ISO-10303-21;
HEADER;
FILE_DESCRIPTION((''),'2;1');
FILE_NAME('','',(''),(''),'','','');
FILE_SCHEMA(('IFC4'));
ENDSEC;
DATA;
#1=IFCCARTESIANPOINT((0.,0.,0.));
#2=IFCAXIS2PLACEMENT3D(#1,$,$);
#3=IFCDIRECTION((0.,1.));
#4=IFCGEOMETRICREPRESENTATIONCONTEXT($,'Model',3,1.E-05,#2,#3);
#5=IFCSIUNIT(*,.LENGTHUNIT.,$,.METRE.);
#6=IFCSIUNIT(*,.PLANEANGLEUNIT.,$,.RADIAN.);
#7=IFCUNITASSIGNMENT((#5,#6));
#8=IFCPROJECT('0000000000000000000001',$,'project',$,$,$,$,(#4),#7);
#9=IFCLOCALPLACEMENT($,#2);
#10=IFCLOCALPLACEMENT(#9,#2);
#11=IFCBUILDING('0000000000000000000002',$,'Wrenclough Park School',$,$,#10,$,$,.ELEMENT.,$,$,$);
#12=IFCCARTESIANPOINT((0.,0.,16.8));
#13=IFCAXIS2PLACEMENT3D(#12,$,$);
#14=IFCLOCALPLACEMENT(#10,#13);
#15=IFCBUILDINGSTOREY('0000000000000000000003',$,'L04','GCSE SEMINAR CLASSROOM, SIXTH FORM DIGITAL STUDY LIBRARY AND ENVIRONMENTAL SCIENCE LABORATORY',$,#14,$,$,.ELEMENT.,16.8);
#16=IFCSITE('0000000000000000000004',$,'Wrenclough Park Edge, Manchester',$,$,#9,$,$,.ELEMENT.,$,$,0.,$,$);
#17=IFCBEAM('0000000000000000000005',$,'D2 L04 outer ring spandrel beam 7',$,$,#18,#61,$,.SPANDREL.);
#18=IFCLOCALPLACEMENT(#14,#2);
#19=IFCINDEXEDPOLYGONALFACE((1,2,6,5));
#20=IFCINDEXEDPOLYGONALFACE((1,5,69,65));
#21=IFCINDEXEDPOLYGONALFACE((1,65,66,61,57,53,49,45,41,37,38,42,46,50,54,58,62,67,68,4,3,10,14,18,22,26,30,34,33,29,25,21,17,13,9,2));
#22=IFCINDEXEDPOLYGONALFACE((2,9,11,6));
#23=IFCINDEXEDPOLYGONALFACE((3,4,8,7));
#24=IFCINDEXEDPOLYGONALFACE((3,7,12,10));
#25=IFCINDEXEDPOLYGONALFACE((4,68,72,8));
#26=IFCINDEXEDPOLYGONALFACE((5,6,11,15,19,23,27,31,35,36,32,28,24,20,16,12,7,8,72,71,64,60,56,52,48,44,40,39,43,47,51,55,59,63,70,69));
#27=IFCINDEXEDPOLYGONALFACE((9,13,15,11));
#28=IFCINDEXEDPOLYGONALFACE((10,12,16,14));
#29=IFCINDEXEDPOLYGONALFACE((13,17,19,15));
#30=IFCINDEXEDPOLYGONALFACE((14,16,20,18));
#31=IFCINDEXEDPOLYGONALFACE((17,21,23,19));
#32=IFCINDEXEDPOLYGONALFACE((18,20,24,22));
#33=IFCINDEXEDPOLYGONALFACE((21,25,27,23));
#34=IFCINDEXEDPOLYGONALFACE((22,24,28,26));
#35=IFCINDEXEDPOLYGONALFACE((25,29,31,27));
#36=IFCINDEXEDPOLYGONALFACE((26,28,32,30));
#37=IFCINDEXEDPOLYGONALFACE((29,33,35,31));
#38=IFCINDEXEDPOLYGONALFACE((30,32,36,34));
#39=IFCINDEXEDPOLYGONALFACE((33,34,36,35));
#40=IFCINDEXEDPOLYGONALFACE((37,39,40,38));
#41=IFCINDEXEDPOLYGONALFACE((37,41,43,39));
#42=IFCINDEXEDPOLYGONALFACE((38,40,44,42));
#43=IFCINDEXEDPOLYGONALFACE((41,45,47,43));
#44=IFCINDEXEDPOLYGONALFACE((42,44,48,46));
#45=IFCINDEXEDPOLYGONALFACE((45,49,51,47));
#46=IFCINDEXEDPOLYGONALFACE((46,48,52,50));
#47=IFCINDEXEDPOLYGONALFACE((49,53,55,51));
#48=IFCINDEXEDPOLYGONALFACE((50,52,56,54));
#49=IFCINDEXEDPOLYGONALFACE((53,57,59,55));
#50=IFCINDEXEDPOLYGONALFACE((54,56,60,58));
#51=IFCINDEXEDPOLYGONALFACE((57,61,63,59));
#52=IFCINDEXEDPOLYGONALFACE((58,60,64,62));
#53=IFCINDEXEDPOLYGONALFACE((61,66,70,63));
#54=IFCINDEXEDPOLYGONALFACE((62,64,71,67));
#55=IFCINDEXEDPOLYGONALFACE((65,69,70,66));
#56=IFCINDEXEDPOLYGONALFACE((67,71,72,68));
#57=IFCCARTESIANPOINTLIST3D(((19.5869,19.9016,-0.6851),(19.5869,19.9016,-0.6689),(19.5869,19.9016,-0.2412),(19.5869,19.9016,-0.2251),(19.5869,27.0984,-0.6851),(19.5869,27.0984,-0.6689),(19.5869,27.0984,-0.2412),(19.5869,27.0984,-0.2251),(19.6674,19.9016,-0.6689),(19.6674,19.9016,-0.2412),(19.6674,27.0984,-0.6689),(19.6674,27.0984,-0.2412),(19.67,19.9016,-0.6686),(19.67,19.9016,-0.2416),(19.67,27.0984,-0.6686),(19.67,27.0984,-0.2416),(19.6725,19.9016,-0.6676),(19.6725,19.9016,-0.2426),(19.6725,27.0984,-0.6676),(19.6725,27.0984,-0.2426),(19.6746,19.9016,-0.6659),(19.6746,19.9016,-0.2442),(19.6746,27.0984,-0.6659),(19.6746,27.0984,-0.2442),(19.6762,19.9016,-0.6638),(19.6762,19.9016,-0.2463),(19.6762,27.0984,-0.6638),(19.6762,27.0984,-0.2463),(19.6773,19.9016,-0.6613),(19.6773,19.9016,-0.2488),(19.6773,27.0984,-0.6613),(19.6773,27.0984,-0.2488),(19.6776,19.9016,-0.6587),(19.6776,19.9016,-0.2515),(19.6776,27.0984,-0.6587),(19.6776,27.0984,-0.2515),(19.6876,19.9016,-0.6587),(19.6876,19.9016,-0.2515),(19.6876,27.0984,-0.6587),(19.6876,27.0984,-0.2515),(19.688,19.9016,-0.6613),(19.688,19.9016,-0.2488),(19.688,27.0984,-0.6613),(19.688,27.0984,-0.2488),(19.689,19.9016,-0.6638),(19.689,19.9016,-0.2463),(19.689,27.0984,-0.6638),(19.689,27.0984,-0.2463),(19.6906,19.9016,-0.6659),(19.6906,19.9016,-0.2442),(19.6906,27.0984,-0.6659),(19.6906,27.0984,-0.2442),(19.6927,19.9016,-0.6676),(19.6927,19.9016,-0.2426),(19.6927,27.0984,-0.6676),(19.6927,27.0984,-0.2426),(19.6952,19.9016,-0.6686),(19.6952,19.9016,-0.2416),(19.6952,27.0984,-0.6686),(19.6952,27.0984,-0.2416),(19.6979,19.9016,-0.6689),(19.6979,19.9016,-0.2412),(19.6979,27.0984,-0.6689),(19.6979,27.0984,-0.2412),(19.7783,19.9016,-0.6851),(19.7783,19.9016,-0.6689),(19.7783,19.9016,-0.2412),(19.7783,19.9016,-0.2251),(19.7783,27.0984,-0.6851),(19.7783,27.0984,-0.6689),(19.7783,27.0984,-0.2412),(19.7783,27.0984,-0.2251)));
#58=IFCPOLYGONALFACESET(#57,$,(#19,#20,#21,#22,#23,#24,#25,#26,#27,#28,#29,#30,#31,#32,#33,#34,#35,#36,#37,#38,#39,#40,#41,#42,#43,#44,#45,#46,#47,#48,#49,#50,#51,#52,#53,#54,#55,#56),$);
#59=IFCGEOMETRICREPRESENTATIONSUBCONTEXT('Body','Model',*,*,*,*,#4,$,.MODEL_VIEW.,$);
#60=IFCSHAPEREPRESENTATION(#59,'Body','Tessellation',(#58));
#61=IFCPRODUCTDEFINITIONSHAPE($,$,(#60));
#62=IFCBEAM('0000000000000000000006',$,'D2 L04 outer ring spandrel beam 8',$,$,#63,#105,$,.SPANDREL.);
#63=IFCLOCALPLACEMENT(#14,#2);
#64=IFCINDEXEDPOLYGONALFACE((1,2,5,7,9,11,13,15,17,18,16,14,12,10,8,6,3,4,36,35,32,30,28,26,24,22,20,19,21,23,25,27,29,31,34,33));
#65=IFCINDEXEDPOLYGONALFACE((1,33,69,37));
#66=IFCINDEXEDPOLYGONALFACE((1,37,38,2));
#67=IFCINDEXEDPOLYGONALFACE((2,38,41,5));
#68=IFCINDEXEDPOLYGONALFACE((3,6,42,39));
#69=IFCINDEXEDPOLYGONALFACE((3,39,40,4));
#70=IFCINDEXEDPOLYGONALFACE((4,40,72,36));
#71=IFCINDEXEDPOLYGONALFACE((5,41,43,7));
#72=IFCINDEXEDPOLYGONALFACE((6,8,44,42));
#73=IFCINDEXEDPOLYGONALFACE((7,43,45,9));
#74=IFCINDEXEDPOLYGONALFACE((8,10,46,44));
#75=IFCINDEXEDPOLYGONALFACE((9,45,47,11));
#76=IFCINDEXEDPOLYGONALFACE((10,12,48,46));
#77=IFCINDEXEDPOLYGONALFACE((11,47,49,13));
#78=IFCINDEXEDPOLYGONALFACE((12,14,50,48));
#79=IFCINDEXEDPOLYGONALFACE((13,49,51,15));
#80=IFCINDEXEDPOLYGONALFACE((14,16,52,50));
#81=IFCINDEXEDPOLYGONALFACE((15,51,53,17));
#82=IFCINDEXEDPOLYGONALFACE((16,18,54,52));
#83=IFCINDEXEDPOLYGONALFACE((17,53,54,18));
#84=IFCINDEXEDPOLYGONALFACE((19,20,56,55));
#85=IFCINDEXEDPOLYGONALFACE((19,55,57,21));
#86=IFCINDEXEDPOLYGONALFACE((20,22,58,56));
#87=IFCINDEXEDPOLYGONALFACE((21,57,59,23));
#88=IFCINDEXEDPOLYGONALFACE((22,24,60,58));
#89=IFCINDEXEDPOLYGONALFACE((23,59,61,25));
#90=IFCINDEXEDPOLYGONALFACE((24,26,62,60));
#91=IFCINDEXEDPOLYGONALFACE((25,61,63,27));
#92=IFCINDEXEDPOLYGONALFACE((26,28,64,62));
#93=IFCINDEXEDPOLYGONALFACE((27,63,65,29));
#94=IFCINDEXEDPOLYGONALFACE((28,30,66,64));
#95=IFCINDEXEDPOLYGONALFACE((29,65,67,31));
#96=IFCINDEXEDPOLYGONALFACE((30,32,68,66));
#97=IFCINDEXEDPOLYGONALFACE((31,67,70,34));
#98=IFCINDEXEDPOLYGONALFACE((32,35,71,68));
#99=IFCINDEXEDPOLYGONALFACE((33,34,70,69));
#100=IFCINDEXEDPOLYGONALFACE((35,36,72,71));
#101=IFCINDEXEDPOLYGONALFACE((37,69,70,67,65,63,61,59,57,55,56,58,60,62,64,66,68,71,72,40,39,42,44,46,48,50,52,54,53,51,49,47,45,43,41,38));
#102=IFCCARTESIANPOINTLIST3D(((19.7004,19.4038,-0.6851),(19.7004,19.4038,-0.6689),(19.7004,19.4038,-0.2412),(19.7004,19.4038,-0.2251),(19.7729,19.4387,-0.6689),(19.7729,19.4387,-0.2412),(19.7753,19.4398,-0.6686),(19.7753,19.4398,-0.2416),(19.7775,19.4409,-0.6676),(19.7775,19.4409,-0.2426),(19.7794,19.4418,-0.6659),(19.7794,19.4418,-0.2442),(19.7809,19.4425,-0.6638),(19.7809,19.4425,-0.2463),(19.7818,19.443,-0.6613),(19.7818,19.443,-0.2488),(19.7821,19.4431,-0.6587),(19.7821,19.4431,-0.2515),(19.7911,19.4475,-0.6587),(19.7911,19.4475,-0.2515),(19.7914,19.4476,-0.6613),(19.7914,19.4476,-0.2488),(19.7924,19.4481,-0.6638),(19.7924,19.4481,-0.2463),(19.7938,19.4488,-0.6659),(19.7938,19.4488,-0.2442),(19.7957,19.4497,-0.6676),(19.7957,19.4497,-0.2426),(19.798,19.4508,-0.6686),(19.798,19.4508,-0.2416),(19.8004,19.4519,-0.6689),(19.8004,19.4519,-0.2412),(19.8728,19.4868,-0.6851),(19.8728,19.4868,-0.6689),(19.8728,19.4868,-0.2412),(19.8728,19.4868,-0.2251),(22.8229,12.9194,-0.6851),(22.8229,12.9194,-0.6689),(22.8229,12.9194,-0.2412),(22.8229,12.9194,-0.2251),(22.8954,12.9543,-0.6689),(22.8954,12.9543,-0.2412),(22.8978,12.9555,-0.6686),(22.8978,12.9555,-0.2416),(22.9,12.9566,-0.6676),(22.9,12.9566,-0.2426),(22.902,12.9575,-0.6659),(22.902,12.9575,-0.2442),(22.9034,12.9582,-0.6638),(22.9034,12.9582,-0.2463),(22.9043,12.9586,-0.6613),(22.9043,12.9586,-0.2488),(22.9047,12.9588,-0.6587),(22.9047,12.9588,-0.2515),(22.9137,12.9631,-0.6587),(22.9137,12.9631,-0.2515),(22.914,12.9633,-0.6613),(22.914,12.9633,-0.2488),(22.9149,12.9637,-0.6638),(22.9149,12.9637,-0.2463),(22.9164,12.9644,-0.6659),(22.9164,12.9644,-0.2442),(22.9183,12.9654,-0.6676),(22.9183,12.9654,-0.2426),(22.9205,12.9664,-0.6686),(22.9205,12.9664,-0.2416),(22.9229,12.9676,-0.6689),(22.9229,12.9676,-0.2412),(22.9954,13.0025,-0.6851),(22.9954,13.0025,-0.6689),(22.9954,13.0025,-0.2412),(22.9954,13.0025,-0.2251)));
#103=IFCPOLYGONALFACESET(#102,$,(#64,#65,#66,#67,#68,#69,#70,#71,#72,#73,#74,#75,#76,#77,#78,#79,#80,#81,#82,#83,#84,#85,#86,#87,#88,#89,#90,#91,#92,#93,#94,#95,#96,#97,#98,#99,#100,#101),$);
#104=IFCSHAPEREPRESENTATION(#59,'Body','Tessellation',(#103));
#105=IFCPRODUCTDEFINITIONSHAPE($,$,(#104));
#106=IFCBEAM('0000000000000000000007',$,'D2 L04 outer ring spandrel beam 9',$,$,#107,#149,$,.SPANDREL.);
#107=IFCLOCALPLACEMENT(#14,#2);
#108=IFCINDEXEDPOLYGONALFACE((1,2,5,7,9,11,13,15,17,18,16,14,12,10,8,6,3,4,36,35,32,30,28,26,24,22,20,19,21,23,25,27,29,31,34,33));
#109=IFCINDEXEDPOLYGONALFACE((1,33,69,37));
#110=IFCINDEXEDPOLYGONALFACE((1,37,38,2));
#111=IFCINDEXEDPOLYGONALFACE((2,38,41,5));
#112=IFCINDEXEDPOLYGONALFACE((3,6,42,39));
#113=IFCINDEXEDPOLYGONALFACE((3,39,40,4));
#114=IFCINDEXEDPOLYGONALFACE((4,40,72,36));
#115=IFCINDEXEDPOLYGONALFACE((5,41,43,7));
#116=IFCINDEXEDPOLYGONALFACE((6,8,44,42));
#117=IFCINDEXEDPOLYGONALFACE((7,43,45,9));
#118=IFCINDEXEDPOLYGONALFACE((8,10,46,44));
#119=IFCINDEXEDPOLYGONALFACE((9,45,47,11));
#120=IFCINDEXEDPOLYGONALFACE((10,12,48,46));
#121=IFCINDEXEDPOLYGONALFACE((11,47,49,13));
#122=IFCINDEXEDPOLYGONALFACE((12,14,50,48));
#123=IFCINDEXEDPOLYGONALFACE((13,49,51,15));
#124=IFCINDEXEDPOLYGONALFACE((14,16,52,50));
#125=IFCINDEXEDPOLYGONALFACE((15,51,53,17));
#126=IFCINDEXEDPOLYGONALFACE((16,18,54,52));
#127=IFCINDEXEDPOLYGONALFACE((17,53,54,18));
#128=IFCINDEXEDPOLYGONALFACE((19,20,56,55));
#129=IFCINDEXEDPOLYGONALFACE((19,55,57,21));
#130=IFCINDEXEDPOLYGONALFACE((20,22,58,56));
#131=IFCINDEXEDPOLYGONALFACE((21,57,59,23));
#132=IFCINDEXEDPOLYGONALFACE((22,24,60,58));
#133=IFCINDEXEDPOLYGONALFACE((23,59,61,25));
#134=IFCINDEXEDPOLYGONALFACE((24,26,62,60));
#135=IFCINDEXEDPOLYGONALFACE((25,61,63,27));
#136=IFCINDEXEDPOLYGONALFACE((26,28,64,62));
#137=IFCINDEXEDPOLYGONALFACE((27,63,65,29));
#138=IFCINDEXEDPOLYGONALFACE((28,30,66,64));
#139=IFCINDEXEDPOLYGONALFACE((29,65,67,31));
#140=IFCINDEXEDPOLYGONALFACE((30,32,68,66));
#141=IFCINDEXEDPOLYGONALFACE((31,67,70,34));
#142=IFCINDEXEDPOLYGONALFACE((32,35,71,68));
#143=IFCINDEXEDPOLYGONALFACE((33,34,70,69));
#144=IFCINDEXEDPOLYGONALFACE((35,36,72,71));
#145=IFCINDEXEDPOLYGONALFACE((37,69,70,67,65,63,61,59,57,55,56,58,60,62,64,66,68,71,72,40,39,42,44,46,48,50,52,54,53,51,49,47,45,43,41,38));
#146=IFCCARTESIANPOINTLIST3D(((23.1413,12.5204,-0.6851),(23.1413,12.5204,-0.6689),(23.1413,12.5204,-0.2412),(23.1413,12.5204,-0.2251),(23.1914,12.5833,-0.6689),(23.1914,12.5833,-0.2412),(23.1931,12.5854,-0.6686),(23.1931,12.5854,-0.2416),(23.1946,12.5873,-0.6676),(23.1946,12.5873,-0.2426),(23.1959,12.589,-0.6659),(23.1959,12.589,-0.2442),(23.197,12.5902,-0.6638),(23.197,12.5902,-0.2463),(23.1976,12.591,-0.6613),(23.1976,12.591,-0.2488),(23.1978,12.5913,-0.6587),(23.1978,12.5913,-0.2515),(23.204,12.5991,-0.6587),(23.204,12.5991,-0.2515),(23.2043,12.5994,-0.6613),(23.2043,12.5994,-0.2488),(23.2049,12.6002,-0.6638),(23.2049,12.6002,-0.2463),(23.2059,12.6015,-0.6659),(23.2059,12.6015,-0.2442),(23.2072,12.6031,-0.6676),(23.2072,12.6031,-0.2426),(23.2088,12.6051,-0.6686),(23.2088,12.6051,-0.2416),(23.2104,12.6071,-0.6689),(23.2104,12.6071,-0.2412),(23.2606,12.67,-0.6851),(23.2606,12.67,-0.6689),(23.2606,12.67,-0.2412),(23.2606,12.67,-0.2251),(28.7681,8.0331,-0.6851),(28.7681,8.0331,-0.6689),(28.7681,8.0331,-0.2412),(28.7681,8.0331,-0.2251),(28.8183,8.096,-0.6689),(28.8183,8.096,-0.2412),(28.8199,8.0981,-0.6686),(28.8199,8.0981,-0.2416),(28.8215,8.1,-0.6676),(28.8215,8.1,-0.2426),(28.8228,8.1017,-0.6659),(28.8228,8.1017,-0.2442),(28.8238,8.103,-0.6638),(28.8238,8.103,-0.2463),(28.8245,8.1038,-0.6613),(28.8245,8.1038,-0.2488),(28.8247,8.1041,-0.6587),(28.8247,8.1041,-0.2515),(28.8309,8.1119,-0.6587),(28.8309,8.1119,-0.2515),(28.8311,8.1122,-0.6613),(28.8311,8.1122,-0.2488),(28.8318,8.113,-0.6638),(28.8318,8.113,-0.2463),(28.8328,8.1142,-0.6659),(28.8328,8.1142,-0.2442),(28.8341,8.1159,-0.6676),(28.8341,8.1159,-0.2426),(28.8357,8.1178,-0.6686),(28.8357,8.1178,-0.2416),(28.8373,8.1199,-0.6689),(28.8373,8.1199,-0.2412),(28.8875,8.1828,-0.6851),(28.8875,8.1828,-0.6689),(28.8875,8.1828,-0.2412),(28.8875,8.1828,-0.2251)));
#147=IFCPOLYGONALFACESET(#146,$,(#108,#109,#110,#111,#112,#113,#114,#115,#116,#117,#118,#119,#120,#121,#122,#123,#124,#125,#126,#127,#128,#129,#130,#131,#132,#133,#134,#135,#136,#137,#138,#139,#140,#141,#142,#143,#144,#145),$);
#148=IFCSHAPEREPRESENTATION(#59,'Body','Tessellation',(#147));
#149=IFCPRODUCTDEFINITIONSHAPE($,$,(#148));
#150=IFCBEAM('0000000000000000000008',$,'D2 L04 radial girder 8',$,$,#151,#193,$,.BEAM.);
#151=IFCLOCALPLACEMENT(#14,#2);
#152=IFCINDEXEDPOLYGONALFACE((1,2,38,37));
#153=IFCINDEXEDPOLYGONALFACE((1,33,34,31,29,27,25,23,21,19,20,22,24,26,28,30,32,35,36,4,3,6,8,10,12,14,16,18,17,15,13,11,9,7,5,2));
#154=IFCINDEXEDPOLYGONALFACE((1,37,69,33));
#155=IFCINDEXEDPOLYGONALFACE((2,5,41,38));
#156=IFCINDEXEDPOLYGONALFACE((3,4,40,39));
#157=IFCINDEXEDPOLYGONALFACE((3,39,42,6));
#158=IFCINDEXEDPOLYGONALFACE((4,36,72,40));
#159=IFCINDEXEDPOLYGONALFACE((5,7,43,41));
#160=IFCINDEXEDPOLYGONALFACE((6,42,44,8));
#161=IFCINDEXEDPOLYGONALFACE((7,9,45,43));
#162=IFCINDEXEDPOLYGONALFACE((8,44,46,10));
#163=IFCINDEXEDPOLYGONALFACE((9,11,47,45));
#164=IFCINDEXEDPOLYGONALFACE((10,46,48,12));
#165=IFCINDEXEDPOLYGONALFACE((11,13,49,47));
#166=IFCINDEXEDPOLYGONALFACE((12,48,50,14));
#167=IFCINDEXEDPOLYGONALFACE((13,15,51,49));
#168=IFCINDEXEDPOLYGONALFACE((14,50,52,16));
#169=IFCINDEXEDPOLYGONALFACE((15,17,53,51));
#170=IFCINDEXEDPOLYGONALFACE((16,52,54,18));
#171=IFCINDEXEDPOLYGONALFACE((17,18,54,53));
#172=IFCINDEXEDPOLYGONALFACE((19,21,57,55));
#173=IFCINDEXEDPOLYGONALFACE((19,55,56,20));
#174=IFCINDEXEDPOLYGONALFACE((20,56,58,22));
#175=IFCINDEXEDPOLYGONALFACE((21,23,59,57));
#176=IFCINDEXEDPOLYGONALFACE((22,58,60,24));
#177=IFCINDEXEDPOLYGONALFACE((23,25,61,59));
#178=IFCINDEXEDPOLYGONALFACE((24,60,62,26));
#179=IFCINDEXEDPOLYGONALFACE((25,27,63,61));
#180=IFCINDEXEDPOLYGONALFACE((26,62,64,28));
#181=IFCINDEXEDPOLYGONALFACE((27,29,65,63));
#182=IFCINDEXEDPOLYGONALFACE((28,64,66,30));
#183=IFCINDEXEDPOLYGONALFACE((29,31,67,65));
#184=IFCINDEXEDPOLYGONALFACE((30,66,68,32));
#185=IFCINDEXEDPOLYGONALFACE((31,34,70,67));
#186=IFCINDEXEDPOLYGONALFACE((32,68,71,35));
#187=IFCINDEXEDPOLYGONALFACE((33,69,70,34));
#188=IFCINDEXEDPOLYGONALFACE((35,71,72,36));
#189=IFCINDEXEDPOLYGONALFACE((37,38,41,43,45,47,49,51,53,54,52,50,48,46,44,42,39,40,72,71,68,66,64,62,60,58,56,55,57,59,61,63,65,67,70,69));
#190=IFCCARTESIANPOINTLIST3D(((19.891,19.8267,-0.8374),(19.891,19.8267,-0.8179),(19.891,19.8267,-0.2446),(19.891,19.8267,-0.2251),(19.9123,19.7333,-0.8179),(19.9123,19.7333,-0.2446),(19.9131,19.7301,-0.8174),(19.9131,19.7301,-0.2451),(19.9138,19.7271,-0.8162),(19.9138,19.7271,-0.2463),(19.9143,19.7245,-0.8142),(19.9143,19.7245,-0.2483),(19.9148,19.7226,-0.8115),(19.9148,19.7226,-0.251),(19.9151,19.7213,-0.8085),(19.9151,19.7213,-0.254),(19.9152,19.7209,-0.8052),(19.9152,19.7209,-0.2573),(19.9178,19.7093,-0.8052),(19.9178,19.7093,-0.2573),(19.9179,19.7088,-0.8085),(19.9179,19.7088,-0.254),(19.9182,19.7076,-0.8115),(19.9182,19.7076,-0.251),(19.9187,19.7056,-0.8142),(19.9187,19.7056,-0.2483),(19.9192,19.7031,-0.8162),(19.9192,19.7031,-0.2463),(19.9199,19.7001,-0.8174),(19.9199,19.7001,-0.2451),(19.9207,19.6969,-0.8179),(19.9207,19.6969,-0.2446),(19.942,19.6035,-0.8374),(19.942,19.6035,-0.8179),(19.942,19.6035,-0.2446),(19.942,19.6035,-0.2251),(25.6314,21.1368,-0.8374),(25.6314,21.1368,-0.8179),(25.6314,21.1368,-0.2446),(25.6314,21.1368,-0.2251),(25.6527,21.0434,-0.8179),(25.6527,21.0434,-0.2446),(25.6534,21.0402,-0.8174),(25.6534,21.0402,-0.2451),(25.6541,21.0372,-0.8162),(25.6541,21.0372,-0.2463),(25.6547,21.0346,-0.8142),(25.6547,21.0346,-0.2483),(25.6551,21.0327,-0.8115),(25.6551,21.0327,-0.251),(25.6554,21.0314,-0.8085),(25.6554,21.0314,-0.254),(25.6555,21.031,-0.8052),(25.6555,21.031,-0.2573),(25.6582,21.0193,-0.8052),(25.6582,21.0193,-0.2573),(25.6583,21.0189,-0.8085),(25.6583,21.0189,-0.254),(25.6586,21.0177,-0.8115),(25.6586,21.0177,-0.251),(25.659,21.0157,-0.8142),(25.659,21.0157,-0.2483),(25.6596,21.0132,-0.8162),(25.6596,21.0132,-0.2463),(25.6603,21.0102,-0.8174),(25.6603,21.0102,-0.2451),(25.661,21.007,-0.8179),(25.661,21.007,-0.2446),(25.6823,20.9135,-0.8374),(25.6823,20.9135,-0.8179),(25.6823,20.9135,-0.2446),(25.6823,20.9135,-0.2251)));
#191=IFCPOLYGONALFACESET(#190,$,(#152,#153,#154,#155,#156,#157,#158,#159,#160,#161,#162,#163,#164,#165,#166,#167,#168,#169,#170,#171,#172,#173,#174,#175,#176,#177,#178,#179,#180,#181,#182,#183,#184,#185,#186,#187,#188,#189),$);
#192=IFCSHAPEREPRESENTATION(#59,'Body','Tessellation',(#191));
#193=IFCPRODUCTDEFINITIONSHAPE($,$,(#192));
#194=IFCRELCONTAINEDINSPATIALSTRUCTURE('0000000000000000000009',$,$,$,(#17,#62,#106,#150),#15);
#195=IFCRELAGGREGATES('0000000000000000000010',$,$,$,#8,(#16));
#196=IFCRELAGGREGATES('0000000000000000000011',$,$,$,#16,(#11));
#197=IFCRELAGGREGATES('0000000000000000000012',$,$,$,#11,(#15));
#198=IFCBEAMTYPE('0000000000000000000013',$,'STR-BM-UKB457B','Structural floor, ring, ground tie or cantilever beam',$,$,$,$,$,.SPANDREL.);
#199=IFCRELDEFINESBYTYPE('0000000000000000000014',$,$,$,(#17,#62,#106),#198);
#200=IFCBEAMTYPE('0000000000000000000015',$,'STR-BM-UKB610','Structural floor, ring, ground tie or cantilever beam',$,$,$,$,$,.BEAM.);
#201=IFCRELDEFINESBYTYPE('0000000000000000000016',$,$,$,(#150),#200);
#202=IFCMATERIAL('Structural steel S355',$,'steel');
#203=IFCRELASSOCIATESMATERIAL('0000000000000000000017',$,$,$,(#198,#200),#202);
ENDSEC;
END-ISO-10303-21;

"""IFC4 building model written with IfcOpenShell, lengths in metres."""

from ifc_helpers import new_model, si_unit, direction, frame, origin, origin_2d, place, context, subcontext, project, spatial, i_section, extrude, material, material_profile, profile_set, type_object, element, save


model = new_model("IFC4")

# Units and contexts
model_context = context("Model", 3, precision=1e-05, world=origin(), true_north=direction((0.0, 1.0)))
body_context = subcontext(model_context, "Body", "Model", "MODEL_VIEW")
ifc_project = project(units=[si_unit("LENGTHUNIT", "METRE"), si_unit("PLANEANGLEUNIT", "RADIAN")], contexts=[model_context])

# Site, building, storey
site_placement = place(None, origin())
site = spatial("IfcSite", under=ifc_project, at=site_placement, Name="Wrenclough Park Edge, Manchester", CompositionType="ELEMENT", RefElevation=0.0)
building_placement = place(site_placement, origin())
building = spatial("IfcBuilding", under=site, at=building_placement, Name="Wrenclough Park School", CompositionType="ELEMENT")
storey_placement = place(building_placement, frame((0.0, 0.0, 16.8)))
storey = spatial("IfcBuildingStorey", under=building, at=storey_placement, Name="L04", Description="GCSE SEMINAR CLASSROOM, SIXTH FORM DIGITAL STUDY LIBRARY AND ENVIRONMENTAL SCIENCE LABORATORY", CompositionType="ELEMENT", Elevation=16.8)

# Beams
ifc_material_1 = material(Name="Structural steel S355", Category="steel")
ifc_material_profile_1 = material_profile(ifc_material_1, i_section(OverallWidth=0.1914, OverallDepth=0.46, WebThickness=0.01, FlangeThickness=0.0161, FilletRadius=0.0103, at=origin_2d()), Name="UKB 457x191x82")
ifc_profile_set_1 = profile_set([ifc_material_profile_1], Name="Structural steel S355")
beam_type_1 = type_object("IfcBeamType", Name="STR-BM-UKB457B", Description="Structural floor, ring, ground tie or cantilever beam", PredefinedType="SPANDREL", material=ifc_profile_set_1)
beam_1_placement = place(storey_placement, frame((19.6826, 27.0984, -0.4551), z_axis=(0.0, -1.0, 0.0), x_axis=(1.0, 0.0, 0.0)))
element("IfcBeam", 1, at=beam_1_placement, inside=storey, type_object=beam_type_1, Name="D2 L04 outer ring spandrel beam 7", PredefinedType="SPANDREL", context=body_context, shape_type="SweptSolid", body=[
    extrude(i_section(OverallWidth=0.1914, OverallDepth=0.46, WebThickness=0.01, FlangeThickness=0.0161, FilletRadius=0.0103, at=origin_2d()), origin(), (0.0, 0.0, 1.0), 7.1968),
])
for number, where, z_axis, x_axis, name in (
    (2, (19.7866, 19.4453, -0.4551), (0.433867, -0.900977, 0.0), (0.900977, 0.433867, 0.0), "D2 L04 outer ring spandrel beam 8"),
    (3, (23.2009, 12.5952, -0.4551), (0.781834, -0.623486, 0.0), (0.623486, 0.781834, 0.0), "D2 L04 outer ring spandrel beam 9"),
):
    element("IfcBeam", number, at=place(storey_placement, frame(where, z_axis=z_axis, x_axis=x_axis)), inside=storey, type_object=beam_type_1, Name=name, PredefinedType="SPANDREL", context=body_context, shape_type="SweptSolid", body=[
        extrude(i_section(OverallWidth=0.1914, OverallDepth=0.46, WebThickness=0.01, FlangeThickness=0.0161, FilletRadius=0.0103, at=origin_2d()), origin(), (0.0, 0.0, 1.0), 7.197),
    ])
ifc_material_profile_2 = material_profile(ifc_material_1, i_section(OverallWidth=0.229, OverallDepth=0.6123, WebThickness=0.012, FlangeThickness=0.0195, FilletRadius=0.0127, at=origin_2d()), Name="UKB 610x229x125")
ifc_profile_set_2 = profile_set([ifc_material_profile_2], Name="Structural steel S355")
beam_type_2 = type_object("IfcBeamType", Name="STR-BM-UKB610", Description="Structural floor, ring, ground tie or cantilever beam", PredefinedType="BEAM", material=ifc_profile_set_2)
beam_2_placement = place(storey_placement, frame((19.9165, 19.7151, -0.5312), z_axis=(0.974932, 0.222503, 0.0), x_axis=(-0.222503, 0.974932, 0.0)))
element("IfcBeam", 4, at=beam_2_placement, inside=storey, type_object=beam_type_2, Name="D2 L04 radial girder 8", PredefinedType="BEAM", context=body_context, shape_type="SweptSolid", body=[
    extrude(i_section(OverallWidth=0.229, OverallDepth=0.6123, WebThickness=0.012, FlangeThickness=0.0195, FilletRadius=0.0127, at=origin_2d()), origin(), (0.0, 0.0, 1.0), 5.8879),
])

save(model, "model.ifc")
